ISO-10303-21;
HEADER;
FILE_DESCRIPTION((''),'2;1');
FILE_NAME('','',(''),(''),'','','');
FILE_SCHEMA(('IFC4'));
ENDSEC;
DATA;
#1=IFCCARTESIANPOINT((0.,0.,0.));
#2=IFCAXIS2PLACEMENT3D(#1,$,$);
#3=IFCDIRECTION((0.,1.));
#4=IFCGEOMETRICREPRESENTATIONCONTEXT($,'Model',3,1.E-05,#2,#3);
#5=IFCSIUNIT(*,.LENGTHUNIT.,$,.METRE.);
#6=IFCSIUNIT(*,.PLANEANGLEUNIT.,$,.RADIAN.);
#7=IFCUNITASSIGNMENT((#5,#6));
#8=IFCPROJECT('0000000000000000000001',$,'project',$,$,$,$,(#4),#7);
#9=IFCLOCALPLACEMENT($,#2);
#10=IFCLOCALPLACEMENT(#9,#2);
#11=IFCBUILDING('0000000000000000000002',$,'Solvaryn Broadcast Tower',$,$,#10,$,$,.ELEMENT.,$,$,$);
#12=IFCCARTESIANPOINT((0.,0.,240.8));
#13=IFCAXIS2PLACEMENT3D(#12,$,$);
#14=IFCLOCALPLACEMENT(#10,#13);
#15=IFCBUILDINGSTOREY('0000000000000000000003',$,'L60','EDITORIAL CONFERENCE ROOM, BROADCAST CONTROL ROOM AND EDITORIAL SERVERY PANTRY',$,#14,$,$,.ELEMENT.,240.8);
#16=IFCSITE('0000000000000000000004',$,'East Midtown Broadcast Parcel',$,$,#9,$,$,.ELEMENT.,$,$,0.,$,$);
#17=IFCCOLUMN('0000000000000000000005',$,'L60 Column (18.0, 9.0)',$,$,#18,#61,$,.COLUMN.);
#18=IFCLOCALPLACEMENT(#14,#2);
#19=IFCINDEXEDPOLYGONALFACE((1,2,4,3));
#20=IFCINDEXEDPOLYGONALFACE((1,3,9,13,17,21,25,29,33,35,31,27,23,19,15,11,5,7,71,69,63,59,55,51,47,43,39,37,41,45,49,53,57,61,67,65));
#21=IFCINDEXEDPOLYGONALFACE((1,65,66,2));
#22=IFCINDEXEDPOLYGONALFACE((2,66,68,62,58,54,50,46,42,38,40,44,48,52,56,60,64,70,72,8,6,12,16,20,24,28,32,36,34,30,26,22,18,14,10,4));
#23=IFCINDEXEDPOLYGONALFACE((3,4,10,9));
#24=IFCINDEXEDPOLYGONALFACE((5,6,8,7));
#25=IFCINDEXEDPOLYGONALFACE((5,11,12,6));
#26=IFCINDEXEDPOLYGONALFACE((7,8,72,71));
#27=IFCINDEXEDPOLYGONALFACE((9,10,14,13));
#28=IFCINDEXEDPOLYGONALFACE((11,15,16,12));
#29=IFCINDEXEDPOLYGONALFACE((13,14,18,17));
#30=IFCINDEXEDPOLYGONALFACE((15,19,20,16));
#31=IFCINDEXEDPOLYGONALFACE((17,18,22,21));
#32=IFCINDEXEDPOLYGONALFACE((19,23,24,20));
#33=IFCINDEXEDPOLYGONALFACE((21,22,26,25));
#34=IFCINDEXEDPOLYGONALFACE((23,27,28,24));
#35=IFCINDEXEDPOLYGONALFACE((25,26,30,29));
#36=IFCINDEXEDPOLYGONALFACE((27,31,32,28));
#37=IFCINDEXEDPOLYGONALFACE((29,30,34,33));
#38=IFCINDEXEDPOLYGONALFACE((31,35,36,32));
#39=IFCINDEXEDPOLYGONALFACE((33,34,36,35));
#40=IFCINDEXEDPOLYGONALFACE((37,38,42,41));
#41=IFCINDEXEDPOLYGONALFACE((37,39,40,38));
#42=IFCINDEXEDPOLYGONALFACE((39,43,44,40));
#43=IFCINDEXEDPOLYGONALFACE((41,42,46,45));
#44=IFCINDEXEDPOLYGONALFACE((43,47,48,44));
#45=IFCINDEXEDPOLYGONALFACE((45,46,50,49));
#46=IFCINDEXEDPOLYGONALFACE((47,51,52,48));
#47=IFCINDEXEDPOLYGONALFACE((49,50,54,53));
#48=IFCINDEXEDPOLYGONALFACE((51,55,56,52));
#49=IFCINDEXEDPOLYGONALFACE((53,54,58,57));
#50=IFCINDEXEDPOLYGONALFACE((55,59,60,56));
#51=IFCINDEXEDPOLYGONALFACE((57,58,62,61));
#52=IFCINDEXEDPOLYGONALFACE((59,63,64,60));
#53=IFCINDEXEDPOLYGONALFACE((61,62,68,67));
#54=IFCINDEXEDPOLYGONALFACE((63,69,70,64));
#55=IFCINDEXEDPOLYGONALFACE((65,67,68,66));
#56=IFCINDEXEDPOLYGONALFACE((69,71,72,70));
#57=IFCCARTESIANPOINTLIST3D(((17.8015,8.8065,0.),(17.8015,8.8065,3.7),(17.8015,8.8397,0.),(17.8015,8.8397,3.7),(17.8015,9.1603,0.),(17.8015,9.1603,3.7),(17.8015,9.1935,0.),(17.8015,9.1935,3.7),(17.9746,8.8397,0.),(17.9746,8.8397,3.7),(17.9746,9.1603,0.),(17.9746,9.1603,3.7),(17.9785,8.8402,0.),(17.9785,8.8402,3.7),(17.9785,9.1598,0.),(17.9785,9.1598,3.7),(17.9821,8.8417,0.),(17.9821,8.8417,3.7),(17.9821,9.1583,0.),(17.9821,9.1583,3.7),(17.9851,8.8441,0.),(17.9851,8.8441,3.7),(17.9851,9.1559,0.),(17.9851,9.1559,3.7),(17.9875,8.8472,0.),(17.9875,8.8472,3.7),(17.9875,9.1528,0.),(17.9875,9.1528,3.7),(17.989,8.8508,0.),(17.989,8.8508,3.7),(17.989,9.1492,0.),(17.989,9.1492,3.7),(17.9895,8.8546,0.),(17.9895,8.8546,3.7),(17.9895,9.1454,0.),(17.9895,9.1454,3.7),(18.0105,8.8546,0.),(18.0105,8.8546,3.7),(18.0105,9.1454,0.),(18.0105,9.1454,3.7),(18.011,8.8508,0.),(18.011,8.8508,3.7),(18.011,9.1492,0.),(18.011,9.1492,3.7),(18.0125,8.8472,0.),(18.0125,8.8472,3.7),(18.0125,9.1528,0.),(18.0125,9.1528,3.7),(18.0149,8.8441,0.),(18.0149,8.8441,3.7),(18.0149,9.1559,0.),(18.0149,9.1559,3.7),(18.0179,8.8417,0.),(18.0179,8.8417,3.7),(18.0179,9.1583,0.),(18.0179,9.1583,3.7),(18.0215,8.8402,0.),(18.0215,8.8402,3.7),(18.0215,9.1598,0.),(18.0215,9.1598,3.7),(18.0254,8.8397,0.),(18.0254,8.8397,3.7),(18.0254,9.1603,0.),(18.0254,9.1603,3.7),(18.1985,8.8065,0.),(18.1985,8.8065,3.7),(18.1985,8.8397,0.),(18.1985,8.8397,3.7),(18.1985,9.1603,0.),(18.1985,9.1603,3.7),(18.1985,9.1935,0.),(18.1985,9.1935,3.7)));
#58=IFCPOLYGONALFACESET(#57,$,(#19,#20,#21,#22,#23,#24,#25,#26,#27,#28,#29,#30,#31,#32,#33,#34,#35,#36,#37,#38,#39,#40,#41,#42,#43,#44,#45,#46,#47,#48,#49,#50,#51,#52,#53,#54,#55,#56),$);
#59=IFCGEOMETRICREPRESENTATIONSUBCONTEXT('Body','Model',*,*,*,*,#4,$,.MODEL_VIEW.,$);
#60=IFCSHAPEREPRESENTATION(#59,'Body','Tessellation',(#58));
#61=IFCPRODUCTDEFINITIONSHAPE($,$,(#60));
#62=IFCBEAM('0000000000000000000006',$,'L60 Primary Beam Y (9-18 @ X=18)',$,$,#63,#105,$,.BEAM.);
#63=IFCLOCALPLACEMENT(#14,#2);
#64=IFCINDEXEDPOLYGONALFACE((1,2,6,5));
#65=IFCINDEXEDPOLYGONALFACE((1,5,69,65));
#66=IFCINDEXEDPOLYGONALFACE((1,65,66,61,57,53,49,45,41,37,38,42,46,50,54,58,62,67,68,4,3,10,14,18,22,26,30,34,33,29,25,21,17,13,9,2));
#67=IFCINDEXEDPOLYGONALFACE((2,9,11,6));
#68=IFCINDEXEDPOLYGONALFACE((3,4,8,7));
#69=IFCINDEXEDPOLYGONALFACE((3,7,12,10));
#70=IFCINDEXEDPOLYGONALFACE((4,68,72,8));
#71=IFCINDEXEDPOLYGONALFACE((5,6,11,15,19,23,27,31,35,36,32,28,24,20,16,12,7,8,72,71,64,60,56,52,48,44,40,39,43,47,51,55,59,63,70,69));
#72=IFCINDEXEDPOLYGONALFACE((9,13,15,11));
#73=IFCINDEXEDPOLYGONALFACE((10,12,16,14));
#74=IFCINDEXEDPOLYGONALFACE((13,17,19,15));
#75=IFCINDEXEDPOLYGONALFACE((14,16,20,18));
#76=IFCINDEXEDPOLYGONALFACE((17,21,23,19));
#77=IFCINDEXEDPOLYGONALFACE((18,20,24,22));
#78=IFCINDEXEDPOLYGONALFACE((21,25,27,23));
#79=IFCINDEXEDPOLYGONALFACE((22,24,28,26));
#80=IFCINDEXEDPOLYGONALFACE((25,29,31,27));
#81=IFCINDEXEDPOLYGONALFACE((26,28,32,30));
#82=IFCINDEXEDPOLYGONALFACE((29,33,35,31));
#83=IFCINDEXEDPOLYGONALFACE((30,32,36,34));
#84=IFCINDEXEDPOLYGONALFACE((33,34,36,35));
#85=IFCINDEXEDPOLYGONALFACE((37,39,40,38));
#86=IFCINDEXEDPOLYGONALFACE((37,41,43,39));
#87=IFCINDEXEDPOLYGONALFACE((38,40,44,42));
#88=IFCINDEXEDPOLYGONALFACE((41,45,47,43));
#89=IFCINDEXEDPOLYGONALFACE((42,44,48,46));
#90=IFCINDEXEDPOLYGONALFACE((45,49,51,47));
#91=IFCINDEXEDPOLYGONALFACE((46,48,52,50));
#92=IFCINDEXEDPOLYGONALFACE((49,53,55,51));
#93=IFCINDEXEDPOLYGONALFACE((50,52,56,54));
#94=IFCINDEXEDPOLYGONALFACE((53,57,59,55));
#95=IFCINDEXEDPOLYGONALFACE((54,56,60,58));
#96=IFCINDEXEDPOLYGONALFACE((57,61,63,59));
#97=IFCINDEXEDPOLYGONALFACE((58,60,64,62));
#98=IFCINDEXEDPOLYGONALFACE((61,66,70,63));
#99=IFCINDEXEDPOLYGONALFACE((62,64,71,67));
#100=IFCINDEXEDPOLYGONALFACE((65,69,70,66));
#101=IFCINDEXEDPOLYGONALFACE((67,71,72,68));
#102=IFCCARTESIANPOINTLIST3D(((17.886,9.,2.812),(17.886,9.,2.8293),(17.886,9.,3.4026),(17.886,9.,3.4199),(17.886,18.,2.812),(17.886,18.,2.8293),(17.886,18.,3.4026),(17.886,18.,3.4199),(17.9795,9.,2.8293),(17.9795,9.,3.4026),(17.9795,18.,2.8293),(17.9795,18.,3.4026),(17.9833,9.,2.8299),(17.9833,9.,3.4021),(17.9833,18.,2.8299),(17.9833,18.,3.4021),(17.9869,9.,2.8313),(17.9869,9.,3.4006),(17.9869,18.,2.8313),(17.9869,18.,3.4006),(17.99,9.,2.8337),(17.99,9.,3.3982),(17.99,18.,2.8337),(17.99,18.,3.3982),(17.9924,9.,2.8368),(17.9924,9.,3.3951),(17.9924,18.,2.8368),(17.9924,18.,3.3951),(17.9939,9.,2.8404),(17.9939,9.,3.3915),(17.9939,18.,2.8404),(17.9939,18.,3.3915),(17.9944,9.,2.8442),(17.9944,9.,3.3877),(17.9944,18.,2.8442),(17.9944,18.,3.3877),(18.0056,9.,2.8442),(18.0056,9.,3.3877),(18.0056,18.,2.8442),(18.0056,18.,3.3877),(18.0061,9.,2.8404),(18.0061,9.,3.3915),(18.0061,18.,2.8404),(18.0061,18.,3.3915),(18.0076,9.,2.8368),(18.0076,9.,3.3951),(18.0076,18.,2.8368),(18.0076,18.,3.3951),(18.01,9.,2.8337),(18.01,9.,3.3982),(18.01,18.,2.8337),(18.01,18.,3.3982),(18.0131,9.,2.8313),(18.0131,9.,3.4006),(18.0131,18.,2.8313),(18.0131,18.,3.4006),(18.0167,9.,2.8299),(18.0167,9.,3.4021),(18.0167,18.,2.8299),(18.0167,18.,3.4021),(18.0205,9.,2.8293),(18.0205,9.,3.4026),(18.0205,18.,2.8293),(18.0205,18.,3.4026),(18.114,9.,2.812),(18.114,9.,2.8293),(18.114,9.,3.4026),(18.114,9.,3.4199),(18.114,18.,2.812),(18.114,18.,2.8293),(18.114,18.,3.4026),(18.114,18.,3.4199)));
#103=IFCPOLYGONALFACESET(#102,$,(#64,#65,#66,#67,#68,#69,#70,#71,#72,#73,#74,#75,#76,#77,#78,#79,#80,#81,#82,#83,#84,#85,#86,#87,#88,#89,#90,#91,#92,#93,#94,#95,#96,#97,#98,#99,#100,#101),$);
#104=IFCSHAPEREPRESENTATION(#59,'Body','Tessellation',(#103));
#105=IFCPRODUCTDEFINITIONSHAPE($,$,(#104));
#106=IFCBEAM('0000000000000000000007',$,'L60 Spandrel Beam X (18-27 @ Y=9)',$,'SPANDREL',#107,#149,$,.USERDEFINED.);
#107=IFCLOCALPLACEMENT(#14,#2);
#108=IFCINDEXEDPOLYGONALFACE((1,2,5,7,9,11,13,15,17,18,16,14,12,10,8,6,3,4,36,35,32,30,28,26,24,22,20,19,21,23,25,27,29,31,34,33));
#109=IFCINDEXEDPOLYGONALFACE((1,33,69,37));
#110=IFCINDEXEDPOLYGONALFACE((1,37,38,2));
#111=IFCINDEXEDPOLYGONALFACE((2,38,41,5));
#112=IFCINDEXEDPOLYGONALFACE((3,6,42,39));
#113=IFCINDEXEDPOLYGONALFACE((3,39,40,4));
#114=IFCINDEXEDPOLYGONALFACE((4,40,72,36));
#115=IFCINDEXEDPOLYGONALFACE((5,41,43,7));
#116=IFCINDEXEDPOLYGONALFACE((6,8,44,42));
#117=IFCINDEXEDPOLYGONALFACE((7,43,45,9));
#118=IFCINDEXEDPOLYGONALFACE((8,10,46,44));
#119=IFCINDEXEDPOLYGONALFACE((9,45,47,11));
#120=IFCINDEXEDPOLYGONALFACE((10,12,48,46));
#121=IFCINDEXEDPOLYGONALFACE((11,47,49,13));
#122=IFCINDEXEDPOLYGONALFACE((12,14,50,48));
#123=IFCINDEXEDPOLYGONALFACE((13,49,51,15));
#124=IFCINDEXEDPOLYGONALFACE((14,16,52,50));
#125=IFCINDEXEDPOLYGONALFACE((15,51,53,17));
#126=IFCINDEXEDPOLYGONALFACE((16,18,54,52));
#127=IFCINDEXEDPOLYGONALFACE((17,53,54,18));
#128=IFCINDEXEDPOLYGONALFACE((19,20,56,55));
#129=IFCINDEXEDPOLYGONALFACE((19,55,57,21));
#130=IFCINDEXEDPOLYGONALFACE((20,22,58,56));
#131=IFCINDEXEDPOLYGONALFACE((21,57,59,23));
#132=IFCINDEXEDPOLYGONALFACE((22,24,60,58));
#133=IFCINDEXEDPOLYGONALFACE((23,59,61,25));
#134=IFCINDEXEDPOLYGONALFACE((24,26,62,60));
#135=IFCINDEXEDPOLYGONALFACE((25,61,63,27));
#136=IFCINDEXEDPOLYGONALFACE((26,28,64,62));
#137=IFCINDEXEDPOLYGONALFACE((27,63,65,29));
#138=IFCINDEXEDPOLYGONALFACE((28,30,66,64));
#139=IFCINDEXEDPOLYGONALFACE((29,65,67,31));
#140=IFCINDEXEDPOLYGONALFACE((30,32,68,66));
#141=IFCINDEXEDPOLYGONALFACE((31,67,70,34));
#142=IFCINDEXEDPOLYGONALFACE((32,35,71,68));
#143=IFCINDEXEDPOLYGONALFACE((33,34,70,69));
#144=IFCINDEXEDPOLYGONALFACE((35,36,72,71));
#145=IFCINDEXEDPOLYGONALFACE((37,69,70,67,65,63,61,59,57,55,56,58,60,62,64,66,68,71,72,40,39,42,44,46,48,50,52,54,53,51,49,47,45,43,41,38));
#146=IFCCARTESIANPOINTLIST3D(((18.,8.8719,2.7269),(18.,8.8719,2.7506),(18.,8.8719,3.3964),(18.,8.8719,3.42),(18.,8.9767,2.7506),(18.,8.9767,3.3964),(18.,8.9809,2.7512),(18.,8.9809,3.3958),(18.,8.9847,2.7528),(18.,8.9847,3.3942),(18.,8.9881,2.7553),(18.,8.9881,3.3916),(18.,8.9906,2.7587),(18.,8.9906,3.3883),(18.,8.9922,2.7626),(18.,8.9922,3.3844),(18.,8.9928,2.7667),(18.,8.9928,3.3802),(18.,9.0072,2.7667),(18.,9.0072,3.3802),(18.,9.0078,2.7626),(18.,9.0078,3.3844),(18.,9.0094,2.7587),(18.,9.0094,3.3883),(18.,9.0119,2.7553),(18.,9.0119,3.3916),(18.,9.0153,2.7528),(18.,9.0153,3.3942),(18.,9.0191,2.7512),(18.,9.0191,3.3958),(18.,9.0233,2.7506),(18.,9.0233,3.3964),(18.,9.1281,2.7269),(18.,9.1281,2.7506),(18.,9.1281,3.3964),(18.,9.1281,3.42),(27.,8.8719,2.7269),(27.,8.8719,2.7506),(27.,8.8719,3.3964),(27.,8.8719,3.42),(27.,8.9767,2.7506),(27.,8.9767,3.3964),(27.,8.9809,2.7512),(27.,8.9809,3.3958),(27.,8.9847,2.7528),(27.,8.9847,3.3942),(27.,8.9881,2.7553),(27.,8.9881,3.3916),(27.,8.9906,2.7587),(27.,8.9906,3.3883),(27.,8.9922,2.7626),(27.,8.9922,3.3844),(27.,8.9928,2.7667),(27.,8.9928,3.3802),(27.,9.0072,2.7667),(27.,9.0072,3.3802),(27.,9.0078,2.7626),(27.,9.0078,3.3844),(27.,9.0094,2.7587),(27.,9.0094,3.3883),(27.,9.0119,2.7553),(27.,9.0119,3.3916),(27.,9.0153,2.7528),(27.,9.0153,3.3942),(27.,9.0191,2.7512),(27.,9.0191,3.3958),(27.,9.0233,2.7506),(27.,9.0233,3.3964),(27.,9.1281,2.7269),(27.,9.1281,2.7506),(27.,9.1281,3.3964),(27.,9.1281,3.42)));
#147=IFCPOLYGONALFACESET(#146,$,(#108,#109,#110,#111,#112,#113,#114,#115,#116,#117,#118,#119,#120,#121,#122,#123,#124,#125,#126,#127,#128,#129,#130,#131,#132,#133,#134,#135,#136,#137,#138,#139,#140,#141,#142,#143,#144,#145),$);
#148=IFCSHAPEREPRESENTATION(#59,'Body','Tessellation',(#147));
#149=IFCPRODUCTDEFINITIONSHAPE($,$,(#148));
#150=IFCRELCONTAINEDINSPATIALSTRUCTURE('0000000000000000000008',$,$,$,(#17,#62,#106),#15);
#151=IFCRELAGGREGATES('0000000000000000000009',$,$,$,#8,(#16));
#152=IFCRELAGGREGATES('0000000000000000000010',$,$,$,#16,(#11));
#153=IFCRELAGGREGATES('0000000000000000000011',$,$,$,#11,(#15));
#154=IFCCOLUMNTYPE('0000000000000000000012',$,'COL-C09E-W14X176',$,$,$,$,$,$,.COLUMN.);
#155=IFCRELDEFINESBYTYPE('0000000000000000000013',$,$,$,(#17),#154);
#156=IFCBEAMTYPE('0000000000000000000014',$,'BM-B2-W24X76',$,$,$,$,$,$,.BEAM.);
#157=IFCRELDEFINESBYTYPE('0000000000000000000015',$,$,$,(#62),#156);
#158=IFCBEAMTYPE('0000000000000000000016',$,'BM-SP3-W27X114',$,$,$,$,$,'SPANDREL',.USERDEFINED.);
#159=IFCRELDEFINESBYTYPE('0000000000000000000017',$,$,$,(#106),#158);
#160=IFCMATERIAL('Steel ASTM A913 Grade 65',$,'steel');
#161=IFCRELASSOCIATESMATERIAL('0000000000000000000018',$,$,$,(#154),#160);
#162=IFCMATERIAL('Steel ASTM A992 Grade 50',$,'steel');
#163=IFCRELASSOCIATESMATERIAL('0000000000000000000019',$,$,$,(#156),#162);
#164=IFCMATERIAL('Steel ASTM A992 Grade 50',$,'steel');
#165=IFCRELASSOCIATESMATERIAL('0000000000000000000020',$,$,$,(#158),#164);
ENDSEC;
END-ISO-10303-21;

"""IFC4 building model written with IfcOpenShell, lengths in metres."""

from ifc_helpers import new_model, si_unit, direction, frame, origin, origin_2d, place, context, subcontext, project, spatial, i_section, extrude, material, material_profile, profile_set, type_object, element, save


model = new_model("IFC4")

# Units and contexts
model_context = context("Model", 3, precision=1e-05, world=origin(), true_north=direction((0.0, 1.0)))
body_context = subcontext(model_context, "Body", "Model", "MODEL_VIEW")
ifc_project = project(units=[si_unit("LENGTHUNIT", "METRE"), si_unit("PLANEANGLEUNIT", "RADIAN")], contexts=[model_context])

# Site, building, storey
site_placement = place(None, origin())
site = spatial("IfcSite", under=ifc_project, at=site_placement, Name="East Midtown Broadcast Parcel", CompositionType="ELEMENT", RefElevation=0.0)
building_placement = place(site_placement, origin())
building = spatial("IfcBuilding", under=site, at=building_placement, Name="Solvaryn Broadcast Tower", CompositionType="ELEMENT")
storey_placement = place(building_placement, frame((0.0, 0.0, 240.8)))
storey = spatial("IfcBuildingStorey", under=building, at=storey_placement, Name="L60", Description="EDITORIAL CONFERENCE ROOM, BROADCAST CONTROL ROOM AND EDITORIAL SERVERY PANTRY", CompositionType="ELEMENT", Elevation=240.8)

# Column
ifc_material_1 = material(Name="Steel ASTM A913 Grade 65", Category="steel")
ifc_material_profile_1 = material_profile(ifc_material_1, i_section(OverallWidth=0.397, OverallDepth=0.387, WebThickness=0.021, FlangeThickness=0.0332, FilletRadius=0.0149, at=origin_2d()))
ifc_profile_set_1 = profile_set([ifc_material_profile_1], Name="Steel ASTM A913 Grade 65")
column_type = type_object("IfcColumnType", Name="COL-C09E-W14X176", PredefinedType="COLUMN", material=ifc_profile_set_1)
column_placement = place(storey_placement, frame((18.0, 9.0, 0.0), z_axis=(0.0, 0.0, 1.0), x_axis=(1.0, 0.0, 0.0)))
element("IfcColumn", 1, at=column_placement, inside=storey, type_object=column_type, Name="L60 Column (18.0, 9.0)", PredefinedType="COLUMN", context=body_context, shape_type="SweptSolid", body=[
    extrude(i_section(OverallWidth=0.397, OverallDepth=0.387, WebThickness=0.021, FlangeThickness=0.0332, FilletRadius=0.0149, at=origin_2d()), origin(), (0.0, 0.0, 1.0), 3.7),
])

# Beams
ifc_material_2 = material(Name="Steel ASTM A992 Grade 50", Category="steel")
ifc_material_profile_2 = material_profile(ifc_material_2, i_section(OverallWidth=0.228, OverallDepth=0.6079, WebThickness=0.0112, FlangeThickness=0.0173, FilletRadius=0.0149, at=origin_2d()))
ifc_profile_set_2 = profile_set([ifc_material_profile_2], Name="Steel ASTM A992 Grade 50")
beam_type_1 = type_object("IfcBeamType", Name="BM-B2-W24X76", PredefinedType="BEAM", material=ifc_profile_set_2)
beam_1_placement = place(storey_placement, frame((18.0, 9.0, 3.116), z_axis=(0.0, 1.0, 0.0), x_axis=(-1.0, 0.0, 0.0)))
element("IfcBeam", 2, at=beam_1_placement, inside=storey, type_object=beam_type_1, Name="L60 Primary Beam Y (9-18 @ X=18)", PredefinedType="BEAM", context=body_context, shape_type="SweptSolid", body=[
    extrude(i_section(OverallWidth=0.228, OverallDepth=0.6079, WebThickness=0.0112, FlangeThickness=0.0173, FilletRadius=0.0149, at=origin_2d()), origin(), (0.0, 0.0, 1.0), 9.0),
])
ifc_material_3 = material(Name="Steel ASTM A992 Grade 50", Category="steel")
ifc_material_profile_3 = material_profile(ifc_material_3, i_section(OverallWidth=0.2561, OverallDepth=0.6931, WebThickness=0.0144, FlangeThickness=0.0237, FilletRadius=0.0161, at=origin_2d()))
ifc_profile_set_3 = profile_set([ifc_material_profile_3], Name="Steel ASTM A992 Grade 50")
beam_type_2 = type_object("IfcBeamType", Name="BM-SP3-W27X114", ElementType="SPANDREL", PredefinedType="USERDEFINED", material=ifc_profile_set_3)
beam_2_placement = place(storey_placement, frame((18.0, 9.0, 3.0735), z_axis=(1.0, 0.0, 0.0), x_axis=(0.0, 1.0, 0.0)))
element("IfcBeam", 3, at=beam_2_placement, inside=storey, type_object=beam_type_2, Name="L60 Spandrel Beam X (18-27 @ Y=9)", ObjectType="SPANDREL", PredefinedType="USERDEFINED", context=body_context, shape_type="SweptSolid", body=[
    extrude(i_section(OverallWidth=0.2561, OverallDepth=0.6931, WebThickness=0.0144, FlangeThickness=0.0237, FilletRadius=0.0161, at=origin_2d()), origin(), (0.0, 0.0, 1.0), 9.0),
])

save(model, "model.ifc")
